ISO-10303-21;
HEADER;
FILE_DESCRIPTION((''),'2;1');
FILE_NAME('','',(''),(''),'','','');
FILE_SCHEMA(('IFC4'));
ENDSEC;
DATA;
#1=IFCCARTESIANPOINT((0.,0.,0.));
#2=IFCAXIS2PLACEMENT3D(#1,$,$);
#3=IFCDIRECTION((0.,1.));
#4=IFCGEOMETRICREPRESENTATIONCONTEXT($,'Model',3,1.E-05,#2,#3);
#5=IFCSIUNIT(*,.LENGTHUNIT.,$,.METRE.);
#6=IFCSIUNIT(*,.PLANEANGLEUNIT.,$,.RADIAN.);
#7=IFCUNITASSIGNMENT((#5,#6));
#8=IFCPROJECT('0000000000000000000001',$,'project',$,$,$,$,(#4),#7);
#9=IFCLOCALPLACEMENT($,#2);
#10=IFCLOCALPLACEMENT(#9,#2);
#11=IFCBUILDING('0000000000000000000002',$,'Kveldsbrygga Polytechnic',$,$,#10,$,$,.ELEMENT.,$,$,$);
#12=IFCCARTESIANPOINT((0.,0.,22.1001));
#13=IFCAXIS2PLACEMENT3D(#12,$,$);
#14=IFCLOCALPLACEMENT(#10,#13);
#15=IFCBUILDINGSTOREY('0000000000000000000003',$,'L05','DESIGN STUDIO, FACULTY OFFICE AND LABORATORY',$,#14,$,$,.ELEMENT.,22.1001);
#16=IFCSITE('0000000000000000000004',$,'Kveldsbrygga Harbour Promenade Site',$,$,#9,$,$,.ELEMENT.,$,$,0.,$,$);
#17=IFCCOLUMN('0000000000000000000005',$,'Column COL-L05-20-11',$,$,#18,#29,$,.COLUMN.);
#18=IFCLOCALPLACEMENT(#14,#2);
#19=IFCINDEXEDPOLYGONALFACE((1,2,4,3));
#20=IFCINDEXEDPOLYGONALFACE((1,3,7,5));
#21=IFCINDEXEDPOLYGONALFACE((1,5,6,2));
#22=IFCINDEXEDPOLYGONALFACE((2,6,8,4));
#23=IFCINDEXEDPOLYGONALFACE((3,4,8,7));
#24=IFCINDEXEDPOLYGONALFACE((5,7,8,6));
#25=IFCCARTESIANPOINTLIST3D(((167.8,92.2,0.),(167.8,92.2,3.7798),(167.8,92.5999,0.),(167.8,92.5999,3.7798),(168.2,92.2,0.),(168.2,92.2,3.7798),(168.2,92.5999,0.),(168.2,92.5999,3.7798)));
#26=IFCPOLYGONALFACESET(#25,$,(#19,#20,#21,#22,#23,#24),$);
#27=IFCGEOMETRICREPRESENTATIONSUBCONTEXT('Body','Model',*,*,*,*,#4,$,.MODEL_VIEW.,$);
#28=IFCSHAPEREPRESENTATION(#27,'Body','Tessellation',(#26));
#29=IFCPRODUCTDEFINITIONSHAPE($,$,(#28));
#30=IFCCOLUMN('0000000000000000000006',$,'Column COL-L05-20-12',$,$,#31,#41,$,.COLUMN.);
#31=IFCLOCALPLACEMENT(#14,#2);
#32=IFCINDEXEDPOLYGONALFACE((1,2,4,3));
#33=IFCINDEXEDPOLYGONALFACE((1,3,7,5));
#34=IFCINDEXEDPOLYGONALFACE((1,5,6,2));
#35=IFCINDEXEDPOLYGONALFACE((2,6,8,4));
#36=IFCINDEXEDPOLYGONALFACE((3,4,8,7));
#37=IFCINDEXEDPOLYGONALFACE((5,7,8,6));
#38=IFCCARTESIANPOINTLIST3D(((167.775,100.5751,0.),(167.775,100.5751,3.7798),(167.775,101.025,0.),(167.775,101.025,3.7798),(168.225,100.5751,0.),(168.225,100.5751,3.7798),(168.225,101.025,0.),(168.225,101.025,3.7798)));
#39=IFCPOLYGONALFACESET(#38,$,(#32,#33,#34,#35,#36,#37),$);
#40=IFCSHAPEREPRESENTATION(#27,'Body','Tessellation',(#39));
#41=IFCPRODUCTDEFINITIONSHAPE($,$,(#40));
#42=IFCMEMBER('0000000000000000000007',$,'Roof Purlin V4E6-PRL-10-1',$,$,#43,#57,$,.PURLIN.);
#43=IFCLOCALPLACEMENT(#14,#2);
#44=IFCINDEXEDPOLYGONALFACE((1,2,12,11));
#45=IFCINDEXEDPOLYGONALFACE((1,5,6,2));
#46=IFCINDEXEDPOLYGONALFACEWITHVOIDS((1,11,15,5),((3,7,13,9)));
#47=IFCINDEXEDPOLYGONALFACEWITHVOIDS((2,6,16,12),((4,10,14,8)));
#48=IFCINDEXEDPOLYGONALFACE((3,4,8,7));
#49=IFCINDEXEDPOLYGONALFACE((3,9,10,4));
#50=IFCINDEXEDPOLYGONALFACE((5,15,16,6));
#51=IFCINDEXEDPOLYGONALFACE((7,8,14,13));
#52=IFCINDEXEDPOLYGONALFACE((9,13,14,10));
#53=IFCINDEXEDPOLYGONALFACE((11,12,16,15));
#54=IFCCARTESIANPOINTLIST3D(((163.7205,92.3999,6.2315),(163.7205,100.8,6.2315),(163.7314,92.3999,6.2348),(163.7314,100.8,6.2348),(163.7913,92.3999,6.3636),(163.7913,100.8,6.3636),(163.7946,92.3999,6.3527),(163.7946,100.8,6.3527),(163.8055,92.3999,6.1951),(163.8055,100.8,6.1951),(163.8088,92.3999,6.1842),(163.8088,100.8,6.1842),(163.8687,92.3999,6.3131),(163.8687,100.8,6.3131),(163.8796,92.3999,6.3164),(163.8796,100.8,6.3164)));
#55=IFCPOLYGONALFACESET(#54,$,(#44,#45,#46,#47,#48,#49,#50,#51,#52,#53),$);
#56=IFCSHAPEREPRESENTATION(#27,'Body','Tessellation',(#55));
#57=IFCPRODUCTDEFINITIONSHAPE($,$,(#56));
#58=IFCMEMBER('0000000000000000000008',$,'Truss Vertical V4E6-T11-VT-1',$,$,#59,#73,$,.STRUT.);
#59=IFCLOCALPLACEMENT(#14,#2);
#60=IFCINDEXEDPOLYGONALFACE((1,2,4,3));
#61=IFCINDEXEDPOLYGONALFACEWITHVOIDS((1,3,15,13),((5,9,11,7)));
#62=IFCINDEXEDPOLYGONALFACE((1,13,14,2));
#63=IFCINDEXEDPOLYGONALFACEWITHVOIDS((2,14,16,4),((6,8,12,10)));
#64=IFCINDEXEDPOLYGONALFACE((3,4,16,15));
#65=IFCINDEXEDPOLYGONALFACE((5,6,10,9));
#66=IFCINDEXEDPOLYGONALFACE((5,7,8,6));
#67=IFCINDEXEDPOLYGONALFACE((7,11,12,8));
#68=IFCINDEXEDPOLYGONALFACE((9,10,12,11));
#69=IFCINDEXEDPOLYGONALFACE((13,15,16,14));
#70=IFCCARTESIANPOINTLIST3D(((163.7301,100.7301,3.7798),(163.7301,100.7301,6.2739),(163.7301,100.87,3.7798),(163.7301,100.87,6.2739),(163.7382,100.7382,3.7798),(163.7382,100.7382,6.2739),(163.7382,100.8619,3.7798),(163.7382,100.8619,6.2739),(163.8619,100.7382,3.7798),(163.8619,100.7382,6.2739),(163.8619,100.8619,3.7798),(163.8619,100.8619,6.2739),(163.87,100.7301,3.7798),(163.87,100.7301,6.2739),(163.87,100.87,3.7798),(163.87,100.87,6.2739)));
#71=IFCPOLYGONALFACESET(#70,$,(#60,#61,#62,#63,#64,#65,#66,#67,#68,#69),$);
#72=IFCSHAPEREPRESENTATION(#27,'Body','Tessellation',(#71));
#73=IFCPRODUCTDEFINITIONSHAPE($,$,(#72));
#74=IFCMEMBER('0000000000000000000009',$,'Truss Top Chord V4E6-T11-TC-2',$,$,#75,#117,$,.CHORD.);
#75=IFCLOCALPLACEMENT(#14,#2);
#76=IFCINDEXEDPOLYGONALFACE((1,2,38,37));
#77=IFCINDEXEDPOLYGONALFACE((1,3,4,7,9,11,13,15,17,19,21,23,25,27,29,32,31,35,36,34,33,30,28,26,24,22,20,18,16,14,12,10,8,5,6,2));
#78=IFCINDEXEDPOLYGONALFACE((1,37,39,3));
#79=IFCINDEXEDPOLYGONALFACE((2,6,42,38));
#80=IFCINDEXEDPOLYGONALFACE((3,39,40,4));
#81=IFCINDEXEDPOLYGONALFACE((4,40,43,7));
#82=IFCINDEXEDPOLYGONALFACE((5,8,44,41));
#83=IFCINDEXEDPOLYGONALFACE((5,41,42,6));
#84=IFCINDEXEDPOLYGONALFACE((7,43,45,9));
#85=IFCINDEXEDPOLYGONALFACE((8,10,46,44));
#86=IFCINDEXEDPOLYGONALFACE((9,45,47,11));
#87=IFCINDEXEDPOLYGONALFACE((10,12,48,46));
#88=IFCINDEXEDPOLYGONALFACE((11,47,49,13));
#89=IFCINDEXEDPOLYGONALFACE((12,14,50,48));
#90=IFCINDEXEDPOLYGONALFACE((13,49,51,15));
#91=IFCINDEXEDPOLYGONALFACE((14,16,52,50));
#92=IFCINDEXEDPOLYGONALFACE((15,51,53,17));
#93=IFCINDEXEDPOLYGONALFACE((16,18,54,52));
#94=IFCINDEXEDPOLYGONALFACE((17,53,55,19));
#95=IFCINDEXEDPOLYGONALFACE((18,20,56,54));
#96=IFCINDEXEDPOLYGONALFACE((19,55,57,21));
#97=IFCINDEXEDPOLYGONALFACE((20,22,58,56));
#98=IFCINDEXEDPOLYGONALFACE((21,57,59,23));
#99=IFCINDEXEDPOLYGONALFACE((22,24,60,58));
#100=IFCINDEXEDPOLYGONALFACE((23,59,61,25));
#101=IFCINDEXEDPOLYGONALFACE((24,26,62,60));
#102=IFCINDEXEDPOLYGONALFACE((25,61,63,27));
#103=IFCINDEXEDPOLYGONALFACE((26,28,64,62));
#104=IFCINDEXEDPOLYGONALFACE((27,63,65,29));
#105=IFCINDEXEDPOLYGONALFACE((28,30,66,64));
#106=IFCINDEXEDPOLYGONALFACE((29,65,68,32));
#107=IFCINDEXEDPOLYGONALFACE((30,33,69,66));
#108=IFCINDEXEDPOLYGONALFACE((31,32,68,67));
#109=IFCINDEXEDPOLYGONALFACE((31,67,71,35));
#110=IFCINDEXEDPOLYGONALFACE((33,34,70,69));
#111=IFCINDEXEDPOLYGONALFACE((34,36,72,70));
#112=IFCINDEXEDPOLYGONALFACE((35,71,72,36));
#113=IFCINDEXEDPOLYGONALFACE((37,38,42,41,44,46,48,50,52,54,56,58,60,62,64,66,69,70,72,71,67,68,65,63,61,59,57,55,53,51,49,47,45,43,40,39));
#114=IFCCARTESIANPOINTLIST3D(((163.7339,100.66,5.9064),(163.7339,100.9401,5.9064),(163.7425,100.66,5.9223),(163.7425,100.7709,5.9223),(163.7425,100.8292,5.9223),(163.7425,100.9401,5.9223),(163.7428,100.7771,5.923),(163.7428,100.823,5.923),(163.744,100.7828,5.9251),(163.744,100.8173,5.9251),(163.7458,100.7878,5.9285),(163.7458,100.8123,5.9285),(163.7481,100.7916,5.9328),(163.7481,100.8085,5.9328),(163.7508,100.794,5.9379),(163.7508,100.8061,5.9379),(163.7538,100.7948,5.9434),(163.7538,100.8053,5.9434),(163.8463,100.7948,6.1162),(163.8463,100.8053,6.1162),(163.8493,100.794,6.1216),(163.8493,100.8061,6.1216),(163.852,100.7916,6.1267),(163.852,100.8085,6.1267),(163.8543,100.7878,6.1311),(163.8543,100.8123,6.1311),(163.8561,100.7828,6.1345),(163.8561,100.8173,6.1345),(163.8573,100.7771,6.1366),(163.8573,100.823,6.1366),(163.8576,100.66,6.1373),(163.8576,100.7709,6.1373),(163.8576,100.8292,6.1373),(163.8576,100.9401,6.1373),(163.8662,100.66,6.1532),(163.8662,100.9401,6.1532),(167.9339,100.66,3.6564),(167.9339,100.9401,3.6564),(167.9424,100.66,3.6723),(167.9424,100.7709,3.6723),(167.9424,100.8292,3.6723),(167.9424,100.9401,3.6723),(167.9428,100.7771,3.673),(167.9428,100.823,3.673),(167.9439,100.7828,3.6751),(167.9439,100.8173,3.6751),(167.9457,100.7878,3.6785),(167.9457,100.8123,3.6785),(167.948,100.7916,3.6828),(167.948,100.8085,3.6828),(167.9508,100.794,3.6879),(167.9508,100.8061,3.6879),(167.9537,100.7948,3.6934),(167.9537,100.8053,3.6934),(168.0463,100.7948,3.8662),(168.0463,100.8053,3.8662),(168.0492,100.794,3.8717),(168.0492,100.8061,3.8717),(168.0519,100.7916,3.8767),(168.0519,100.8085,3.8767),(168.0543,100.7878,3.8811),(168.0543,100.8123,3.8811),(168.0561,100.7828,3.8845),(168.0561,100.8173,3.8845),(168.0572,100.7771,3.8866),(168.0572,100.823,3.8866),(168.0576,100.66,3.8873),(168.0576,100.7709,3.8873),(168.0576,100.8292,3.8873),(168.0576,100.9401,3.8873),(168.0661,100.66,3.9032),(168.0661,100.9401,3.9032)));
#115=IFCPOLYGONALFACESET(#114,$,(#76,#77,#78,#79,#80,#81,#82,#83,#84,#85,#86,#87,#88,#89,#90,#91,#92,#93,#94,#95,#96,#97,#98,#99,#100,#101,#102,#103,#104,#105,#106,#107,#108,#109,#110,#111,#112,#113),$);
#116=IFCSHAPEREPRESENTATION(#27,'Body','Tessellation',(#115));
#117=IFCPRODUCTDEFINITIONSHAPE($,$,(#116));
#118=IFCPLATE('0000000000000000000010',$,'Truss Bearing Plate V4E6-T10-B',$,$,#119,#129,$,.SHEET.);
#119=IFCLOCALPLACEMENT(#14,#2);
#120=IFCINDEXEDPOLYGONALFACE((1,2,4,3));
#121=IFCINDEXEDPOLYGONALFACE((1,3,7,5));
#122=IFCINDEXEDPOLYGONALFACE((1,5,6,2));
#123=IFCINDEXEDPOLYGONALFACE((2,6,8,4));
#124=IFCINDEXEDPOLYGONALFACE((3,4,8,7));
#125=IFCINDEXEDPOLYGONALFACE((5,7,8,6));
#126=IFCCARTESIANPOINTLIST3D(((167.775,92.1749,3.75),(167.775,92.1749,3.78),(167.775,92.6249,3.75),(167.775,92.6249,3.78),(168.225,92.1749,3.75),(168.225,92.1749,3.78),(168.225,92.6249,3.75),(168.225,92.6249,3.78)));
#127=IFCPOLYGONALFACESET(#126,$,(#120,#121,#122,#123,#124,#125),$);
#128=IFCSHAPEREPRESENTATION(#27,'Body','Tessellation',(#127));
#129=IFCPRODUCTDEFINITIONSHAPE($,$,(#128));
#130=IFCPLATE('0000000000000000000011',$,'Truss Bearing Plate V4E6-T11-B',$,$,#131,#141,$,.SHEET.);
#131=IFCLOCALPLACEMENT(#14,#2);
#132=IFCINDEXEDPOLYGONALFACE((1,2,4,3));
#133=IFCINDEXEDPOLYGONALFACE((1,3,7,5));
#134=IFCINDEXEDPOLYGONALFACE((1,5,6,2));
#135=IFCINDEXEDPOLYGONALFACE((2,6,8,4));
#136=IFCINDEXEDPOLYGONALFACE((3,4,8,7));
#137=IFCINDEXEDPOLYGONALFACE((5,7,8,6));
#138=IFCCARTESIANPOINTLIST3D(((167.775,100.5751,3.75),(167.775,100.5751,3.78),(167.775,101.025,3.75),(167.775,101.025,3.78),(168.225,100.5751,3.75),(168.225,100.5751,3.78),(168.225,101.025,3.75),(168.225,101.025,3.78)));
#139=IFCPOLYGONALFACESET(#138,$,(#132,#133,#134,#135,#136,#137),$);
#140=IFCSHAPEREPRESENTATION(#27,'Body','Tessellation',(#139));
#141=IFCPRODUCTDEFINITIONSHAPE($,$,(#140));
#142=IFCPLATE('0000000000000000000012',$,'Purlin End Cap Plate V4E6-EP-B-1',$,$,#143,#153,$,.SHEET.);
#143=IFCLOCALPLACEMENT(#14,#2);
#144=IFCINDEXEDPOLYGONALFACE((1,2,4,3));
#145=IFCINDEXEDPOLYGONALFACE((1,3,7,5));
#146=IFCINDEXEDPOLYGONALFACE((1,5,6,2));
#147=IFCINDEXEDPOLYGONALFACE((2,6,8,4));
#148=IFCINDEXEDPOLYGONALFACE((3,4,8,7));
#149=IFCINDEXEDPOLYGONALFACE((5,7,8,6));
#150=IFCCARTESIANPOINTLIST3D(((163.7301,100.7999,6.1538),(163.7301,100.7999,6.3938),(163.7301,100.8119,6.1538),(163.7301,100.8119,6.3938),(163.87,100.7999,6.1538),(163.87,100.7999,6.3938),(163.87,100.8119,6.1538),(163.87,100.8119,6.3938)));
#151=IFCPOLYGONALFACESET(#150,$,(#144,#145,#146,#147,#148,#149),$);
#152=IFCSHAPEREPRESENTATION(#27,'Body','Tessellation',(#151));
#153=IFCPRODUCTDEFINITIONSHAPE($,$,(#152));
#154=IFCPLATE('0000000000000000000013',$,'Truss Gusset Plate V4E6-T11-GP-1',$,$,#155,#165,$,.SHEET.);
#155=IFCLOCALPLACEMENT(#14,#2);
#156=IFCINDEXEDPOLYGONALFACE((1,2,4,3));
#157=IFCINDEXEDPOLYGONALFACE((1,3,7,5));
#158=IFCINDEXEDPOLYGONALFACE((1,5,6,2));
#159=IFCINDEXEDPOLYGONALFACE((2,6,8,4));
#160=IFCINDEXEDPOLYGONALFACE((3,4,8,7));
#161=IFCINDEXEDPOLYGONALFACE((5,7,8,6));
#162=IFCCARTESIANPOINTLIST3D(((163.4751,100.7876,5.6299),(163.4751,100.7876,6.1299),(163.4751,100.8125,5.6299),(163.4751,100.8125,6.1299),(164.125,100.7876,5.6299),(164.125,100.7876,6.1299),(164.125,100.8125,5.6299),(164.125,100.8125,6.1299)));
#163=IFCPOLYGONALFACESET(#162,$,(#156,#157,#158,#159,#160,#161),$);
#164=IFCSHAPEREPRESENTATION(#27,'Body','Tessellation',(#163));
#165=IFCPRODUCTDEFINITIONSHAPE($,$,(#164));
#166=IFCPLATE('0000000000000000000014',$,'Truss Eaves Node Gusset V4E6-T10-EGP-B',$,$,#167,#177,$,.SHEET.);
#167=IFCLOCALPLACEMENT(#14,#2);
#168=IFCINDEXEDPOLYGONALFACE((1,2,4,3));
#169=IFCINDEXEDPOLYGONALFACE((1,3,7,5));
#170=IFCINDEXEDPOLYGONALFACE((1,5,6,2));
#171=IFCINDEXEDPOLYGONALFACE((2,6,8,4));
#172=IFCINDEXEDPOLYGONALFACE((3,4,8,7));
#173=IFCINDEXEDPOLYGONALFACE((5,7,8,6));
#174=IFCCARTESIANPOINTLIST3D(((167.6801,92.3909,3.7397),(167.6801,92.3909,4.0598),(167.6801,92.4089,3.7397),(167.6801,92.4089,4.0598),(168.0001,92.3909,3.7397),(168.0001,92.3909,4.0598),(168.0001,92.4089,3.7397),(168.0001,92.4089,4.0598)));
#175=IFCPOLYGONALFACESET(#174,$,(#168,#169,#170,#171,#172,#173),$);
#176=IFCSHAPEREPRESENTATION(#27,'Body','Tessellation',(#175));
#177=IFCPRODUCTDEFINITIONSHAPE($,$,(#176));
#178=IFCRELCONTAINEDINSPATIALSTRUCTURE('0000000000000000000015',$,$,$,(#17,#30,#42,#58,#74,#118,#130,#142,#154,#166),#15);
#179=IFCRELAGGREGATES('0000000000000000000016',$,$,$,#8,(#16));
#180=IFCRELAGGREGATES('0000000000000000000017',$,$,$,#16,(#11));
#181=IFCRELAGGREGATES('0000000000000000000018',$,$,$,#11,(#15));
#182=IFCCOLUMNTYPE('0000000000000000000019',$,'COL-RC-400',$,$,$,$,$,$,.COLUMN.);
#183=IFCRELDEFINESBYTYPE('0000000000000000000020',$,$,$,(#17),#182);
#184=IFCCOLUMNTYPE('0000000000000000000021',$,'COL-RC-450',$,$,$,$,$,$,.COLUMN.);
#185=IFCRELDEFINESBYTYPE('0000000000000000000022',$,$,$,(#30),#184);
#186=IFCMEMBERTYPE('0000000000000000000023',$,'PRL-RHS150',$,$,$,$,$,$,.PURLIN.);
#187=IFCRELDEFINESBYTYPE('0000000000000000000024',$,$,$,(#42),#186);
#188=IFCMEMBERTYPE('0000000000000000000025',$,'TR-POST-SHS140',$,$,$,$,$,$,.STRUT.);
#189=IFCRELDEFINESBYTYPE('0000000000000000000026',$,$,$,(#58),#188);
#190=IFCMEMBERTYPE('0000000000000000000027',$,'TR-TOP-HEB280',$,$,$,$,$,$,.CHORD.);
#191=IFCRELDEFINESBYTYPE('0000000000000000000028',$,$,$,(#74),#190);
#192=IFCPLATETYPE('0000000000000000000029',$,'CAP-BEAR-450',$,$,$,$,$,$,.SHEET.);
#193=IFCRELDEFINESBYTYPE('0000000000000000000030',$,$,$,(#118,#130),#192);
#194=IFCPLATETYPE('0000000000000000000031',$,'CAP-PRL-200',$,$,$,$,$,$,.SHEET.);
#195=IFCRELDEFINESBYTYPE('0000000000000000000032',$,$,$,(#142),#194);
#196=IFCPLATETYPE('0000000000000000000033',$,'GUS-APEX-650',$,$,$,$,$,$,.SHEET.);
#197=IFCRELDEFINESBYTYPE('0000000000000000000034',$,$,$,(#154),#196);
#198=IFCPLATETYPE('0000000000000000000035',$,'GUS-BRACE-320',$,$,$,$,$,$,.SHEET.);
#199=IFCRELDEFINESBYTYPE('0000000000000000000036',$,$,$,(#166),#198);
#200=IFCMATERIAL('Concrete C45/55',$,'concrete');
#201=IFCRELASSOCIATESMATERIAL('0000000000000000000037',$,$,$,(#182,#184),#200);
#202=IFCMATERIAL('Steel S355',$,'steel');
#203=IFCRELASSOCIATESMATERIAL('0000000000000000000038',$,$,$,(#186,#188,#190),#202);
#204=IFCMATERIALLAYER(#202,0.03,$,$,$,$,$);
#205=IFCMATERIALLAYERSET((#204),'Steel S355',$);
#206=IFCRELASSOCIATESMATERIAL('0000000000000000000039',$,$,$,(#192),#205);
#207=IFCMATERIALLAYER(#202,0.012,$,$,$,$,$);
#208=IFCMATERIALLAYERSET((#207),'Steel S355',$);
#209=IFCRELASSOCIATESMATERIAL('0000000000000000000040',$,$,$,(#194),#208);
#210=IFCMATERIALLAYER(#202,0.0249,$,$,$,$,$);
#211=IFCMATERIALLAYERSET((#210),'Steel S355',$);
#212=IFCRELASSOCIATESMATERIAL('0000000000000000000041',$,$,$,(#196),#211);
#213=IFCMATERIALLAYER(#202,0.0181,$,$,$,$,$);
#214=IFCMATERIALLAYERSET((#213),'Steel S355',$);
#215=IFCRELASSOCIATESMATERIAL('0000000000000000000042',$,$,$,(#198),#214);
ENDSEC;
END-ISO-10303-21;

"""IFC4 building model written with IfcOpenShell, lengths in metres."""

from ifc_helpers import new_model, si_unit, direction, frame, origin, origin_2d, place, context, subcontext, project, spatial, rectangle, hollow_rectangle, i_section, extrude, material, layer, layer_set, material_profile, profile_set, type_object, element, save


model = new_model("IFC4")

# Units and contexts
model_context = context("Model", 3, precision=1e-05, world=origin(), true_north=direction((0.0, 1.0)))
body_context = subcontext(model_context, "Body", "Model", "MODEL_VIEW")
ifc_project = project(units=[si_unit("LENGTHUNIT", "METRE"), si_unit("PLANEANGLEUNIT", "RADIAN")], contexts=[model_context])

# Site, building, storey
site_placement = place(None, origin())
site = spatial("IfcSite", under=ifc_project, at=site_placement, Name="Kveldsbrygga Harbour Promenade Site", CompositionType="ELEMENT", RefElevation=0.0)
building_placement = place(site_placement, origin())
building = spatial("IfcBuilding", under=site, at=building_placement, Name="Kveldsbrygga Polytechnic", CompositionType="ELEMENT")
storey_placement = place(building_placement, frame((0.0, 0.0, 22.1001)))
storey = spatial("IfcBuildingStorey", under=building, at=storey_placement, Name="L05", Description="DESIGN STUDIO, FACULTY OFFICE AND LABORATORY", CompositionType="ELEMENT", Elevation=22.1001)

# Columns
ifc_material_1 = material(Name="Concrete C45/55", Category="concrete")
ifc_material_profile_1 = material_profile(ifc_material_1, rectangle(XDim=0.3999, YDim=0.3999, at=origin_2d()), Name="RC 400x400")
ifc_profile_set_1 = profile_set([ifc_material_profile_1], Name="Concrete C45/55")
column_type_1 = type_object("IfcColumnType", Name="COL-RC-400", PredefinedType="COLUMN", material=ifc_profile_set_1)
column_1_placement = place(storey_placement, frame((168.0, 92.3999, 0.0), z_axis=(0.0, 0.0, 1.0), x_axis=(1.0, 0.0, 0.0)))
element("IfcColumn", 1, at=column_1_placement, inside=storey, type_object=column_type_1, Name="Column COL-L05-20-11", PredefinedType="COLUMN", context=body_context, shape_type="SweptSolid", body=[
    extrude(rectangle(XDim=0.3999, YDim=0.3999, at=origin_2d()), origin(), (0.0, 0.0, 1.0), 3.7798),
])
ifc_material_profile_2 = material_profile(ifc_material_1, rectangle(XDim=0.45, YDim=0.45, at=origin_2d()), Name="RC 450x450")
ifc_profile_set_2 = profile_set([ifc_material_profile_2], Name="Concrete C45/55")
column_type_2 = type_object("IfcColumnType", Name="COL-RC-450", PredefinedType="COLUMN", material=ifc_profile_set_2)
column_2_placement = place(storey_placement, frame((168.0, 100.8, 0.0), z_axis=(0.0, 0.0, 1.0), x_axis=(1.0, 0.0, 0.0)))
element("IfcColumn", 2, at=column_2_placement, inside=storey, type_object=column_type_2, Name="Column COL-L05-20-12", PredefinedType="COLUMN", context=body_context, shape_type="SweptSolid", body=[
    extrude(rectangle(XDim=0.45, YDim=0.45, at=origin_2d()), origin(), (0.0, 0.0, 1.0), 3.7798),
])

# Members
ifc_material_2 = material(Name="Steel S355", Category="steel")
ifc_material_profile_3 = material_profile(ifc_material_2, hollow_rectangle(XDim=0.1001, YDim=0.1499, WallThickness=0.0081, at=origin_2d()), Name="RHS 150x100x8.0")
ifc_profile_set_3 = profile_set([ifc_material_profile_3], Name="Steel S355")
member_type_1 = type_object("IfcMemberType", Name="PRL-RHS150", PredefinedType="PURLIN", material=ifc_profile_set_3)
member_1_placement = place(storey_placement, frame((163.8, 92.3999, 6.2739), z_axis=(0.0, 1.0, 0.0), x_axis=(-0.88148, 0.0, 0.472222)))
element("IfcMember", 3, at=member_1_placement, inside=storey, type_object=member_type_1, Name="Roof Purlin V4E6-PRL-10-1", PredefinedType="PURLIN", context=body_context, shape_type="SweptSolid", body=[
    extrude(hollow_rectangle(XDim=0.1001, YDim=0.1499, WallThickness=0.0081, at=origin_2d()), origin(), (0.0, 0.0, 1.0), 8.4001),
])
ifc_material_profile_4 = material_profile(ifc_material_2, hollow_rectangle(XDim=0.1399, YDim=0.1399, WallThickness=0.0081, at=origin_2d()), Name="SHS 140x140x8.0")
ifc_profile_set_4 = profile_set([ifc_material_profile_4], Name="Steel S355")
member_type_2 = type_object("IfcMemberType", Name="TR-POST-SHS140", PredefinedType="STRUT", material=ifc_profile_set_4)
member_2_placement = place(storey_placement, frame((163.8, 100.8, 3.7798), z_axis=(0.0, 0.0, 1.0), x_axis=(1.0, 0.0, 0.0)))
element("IfcMember", 4, at=member_2_placement, inside=storey, type_object=member_type_2, Name="Truss Vertical V4E6-T11-VT-1", PredefinedType="STRUT", context=body_context, shape_type="SweptSolid", body=[
    extrude(hollow_rectangle(XDim=0.1399, YDim=0.1399, WallThickness=0.0081, at=origin_2d()), origin(), (0.0, 0.0, 1.0), 2.4941),
])
ifc_material_profile_5 = material_profile(ifc_material_2, i_section(OverallWidth=0.28, OverallDepth=0.28, WebThickness=0.0105, FlangeThickness=0.0181, FilletRadius=0.0239, at=origin_2d()), Name="HEB 280")
ifc_profile_set_5 = profile_set([ifc_material_profile_5], Name="Steel S355")
member_type_3 = type_object("IfcMemberType", Name="TR-TOP-HEB280", PredefinedType="CHORD", material=ifc_profile_set_5)
member_3_placement = place(storey_placement, frame((163.8, 100.8, 6.0298), z_axis=(0.881478, 0.0, -0.472226), x_axis=(0.0, 1.0, 0.0)))
element("IfcMember", 5, at=member_3_placement, inside=storey, type_object=member_type_3, Name="Truss Top Chord V4E6-T11-TC-2", PredefinedType="CHORD", context=body_context, shape_type="SweptSolid", body=[
    extrude(i_section(OverallWidth=0.28, OverallDepth=0.28, WebThickness=0.0105, FlangeThickness=0.0181, FilletRadius=0.0239, at=origin_2d()), origin(), (0.0, 0.0, 1.0), 4.7646),
])

# Plates
ifc_layer_1 = layer(ifc_material_2, 0.03)
ifc_layer_set_1 = layer_set([ifc_layer_1], Name="Steel S355")
plate_type_1 = type_object("IfcPlateType", Name="CAP-BEAR-450", PredefinedType="SHEET", material=ifc_layer_set_1)
for number, where, z_axis, x_axis, name in (
    (6, (168.0, 92.3999, 3.75), (0.0, 0.0, 1.0), (1.0, 0.0, 0.0), "Truss Bearing Plate V4E6-T10-B"),
    (7, (168.0, 100.8, 3.75), (0.0, 0.0, 1.0), (1.0, 0.0, 0.0), "Truss Bearing Plate V4E6-T11-B"),
):
    element("IfcPlate", number, at=place(storey_placement, frame(where, z_axis=z_axis, x_axis=x_axis)), inside=storey, type_object=plate_type_1, Name=name, PredefinedType="SHEET", context=body_context, shape_type="SweptSolid", body=[
        extrude(rectangle(XDim=0.45, YDim=0.45, at=origin_2d()), origin(), (0.0, 0.0, 1.0), 0.03),
    ])
ifc_layer_2 = layer(ifc_material_2, 0.012)
ifc_layer_set_2 = layer_set([ifc_layer_2], Name="Steel S355")
plate_type_2 = type_object("IfcPlateType", Name="CAP-PRL-200", PredefinedType="SHEET", material=ifc_layer_set_2)
plate_1_placement = place(storey_placement, frame((163.8, 100.8059, 6.1538), z_axis=(0.0, 0.0, 1.0), x_axis=(1.0, 0.0, 0.0)))
element("IfcPlate", 8, at=plate_1_placement, inside=storey, type_object=plate_type_2, Name="Purlin End Cap Plate V4E6-EP-B-1", PredefinedType="SHEET", context=body_context, shape_type="SweptSolid", body=[
    extrude(rectangle(XDim=0.1399, YDim=0.012, at=origin_2d()), origin(), (0.0, 0.0, 1.0), 0.24),
])
ifc_layer_3 = layer(ifc_material_2, 0.0249)
ifc_layer_set_3 = layer_set([ifc_layer_3], Name="Steel S355")
plate_type_3 = type_object("IfcPlateType", Name="GUS-APEX-650", PredefinedType="SHEET", material=ifc_layer_set_3)
plate_2_placement = place(storey_placement, frame((163.8, 100.8, 5.6299), z_axis=(0.0, 0.0, 1.0), x_axis=(1.0, 0.0, 0.0)))
element("IfcPlate", 9, at=plate_2_placement, inside=storey, type_object=plate_type_3, Name="Truss Gusset Plate V4E6-T11-GP-1", PredefinedType="SHEET", context=body_context, shape_type="SweptSolid", body=[
    extrude(rectangle(XDim=0.6499, YDim=0.0249, at=origin_2d()), origin(), (0.0, 0.0, 1.0), 0.5),
])
ifc_layer_4 = layer(ifc_material_2, 0.0181)
ifc_layer_set_4 = layer_set([ifc_layer_4], Name="Steel S355")
plate_type_4 = type_object("IfcPlateType", Name="GUS-BRACE-320", PredefinedType="SHEET", material=ifc_layer_set_4)
for number, where, z_axis, x_axis, name in (
    (10, (167.8401, 92.3999, 3.7397), (0.0, 0.0, 1.0), (1.0, 0.0, 0.0), "Truss Eaves Node Gusset V4E6-T10-EGP-B"),
):
    element("IfcPlate", number, at=place(storey_placement, frame(where, z_axis=z_axis, x_axis=x_axis)), inside=storey, type_object=plate_type_4, Name=name, PredefinedType="SHEET", context=body_context, shape_type="SweptSolid", body=[
        extrude(rectangle(XDim=0.3201, YDim=0.0181, at=origin_2d()), origin(), (0.0, 0.0, 1.0), 0.3201),
    ])

save(model, "model.ifc")
